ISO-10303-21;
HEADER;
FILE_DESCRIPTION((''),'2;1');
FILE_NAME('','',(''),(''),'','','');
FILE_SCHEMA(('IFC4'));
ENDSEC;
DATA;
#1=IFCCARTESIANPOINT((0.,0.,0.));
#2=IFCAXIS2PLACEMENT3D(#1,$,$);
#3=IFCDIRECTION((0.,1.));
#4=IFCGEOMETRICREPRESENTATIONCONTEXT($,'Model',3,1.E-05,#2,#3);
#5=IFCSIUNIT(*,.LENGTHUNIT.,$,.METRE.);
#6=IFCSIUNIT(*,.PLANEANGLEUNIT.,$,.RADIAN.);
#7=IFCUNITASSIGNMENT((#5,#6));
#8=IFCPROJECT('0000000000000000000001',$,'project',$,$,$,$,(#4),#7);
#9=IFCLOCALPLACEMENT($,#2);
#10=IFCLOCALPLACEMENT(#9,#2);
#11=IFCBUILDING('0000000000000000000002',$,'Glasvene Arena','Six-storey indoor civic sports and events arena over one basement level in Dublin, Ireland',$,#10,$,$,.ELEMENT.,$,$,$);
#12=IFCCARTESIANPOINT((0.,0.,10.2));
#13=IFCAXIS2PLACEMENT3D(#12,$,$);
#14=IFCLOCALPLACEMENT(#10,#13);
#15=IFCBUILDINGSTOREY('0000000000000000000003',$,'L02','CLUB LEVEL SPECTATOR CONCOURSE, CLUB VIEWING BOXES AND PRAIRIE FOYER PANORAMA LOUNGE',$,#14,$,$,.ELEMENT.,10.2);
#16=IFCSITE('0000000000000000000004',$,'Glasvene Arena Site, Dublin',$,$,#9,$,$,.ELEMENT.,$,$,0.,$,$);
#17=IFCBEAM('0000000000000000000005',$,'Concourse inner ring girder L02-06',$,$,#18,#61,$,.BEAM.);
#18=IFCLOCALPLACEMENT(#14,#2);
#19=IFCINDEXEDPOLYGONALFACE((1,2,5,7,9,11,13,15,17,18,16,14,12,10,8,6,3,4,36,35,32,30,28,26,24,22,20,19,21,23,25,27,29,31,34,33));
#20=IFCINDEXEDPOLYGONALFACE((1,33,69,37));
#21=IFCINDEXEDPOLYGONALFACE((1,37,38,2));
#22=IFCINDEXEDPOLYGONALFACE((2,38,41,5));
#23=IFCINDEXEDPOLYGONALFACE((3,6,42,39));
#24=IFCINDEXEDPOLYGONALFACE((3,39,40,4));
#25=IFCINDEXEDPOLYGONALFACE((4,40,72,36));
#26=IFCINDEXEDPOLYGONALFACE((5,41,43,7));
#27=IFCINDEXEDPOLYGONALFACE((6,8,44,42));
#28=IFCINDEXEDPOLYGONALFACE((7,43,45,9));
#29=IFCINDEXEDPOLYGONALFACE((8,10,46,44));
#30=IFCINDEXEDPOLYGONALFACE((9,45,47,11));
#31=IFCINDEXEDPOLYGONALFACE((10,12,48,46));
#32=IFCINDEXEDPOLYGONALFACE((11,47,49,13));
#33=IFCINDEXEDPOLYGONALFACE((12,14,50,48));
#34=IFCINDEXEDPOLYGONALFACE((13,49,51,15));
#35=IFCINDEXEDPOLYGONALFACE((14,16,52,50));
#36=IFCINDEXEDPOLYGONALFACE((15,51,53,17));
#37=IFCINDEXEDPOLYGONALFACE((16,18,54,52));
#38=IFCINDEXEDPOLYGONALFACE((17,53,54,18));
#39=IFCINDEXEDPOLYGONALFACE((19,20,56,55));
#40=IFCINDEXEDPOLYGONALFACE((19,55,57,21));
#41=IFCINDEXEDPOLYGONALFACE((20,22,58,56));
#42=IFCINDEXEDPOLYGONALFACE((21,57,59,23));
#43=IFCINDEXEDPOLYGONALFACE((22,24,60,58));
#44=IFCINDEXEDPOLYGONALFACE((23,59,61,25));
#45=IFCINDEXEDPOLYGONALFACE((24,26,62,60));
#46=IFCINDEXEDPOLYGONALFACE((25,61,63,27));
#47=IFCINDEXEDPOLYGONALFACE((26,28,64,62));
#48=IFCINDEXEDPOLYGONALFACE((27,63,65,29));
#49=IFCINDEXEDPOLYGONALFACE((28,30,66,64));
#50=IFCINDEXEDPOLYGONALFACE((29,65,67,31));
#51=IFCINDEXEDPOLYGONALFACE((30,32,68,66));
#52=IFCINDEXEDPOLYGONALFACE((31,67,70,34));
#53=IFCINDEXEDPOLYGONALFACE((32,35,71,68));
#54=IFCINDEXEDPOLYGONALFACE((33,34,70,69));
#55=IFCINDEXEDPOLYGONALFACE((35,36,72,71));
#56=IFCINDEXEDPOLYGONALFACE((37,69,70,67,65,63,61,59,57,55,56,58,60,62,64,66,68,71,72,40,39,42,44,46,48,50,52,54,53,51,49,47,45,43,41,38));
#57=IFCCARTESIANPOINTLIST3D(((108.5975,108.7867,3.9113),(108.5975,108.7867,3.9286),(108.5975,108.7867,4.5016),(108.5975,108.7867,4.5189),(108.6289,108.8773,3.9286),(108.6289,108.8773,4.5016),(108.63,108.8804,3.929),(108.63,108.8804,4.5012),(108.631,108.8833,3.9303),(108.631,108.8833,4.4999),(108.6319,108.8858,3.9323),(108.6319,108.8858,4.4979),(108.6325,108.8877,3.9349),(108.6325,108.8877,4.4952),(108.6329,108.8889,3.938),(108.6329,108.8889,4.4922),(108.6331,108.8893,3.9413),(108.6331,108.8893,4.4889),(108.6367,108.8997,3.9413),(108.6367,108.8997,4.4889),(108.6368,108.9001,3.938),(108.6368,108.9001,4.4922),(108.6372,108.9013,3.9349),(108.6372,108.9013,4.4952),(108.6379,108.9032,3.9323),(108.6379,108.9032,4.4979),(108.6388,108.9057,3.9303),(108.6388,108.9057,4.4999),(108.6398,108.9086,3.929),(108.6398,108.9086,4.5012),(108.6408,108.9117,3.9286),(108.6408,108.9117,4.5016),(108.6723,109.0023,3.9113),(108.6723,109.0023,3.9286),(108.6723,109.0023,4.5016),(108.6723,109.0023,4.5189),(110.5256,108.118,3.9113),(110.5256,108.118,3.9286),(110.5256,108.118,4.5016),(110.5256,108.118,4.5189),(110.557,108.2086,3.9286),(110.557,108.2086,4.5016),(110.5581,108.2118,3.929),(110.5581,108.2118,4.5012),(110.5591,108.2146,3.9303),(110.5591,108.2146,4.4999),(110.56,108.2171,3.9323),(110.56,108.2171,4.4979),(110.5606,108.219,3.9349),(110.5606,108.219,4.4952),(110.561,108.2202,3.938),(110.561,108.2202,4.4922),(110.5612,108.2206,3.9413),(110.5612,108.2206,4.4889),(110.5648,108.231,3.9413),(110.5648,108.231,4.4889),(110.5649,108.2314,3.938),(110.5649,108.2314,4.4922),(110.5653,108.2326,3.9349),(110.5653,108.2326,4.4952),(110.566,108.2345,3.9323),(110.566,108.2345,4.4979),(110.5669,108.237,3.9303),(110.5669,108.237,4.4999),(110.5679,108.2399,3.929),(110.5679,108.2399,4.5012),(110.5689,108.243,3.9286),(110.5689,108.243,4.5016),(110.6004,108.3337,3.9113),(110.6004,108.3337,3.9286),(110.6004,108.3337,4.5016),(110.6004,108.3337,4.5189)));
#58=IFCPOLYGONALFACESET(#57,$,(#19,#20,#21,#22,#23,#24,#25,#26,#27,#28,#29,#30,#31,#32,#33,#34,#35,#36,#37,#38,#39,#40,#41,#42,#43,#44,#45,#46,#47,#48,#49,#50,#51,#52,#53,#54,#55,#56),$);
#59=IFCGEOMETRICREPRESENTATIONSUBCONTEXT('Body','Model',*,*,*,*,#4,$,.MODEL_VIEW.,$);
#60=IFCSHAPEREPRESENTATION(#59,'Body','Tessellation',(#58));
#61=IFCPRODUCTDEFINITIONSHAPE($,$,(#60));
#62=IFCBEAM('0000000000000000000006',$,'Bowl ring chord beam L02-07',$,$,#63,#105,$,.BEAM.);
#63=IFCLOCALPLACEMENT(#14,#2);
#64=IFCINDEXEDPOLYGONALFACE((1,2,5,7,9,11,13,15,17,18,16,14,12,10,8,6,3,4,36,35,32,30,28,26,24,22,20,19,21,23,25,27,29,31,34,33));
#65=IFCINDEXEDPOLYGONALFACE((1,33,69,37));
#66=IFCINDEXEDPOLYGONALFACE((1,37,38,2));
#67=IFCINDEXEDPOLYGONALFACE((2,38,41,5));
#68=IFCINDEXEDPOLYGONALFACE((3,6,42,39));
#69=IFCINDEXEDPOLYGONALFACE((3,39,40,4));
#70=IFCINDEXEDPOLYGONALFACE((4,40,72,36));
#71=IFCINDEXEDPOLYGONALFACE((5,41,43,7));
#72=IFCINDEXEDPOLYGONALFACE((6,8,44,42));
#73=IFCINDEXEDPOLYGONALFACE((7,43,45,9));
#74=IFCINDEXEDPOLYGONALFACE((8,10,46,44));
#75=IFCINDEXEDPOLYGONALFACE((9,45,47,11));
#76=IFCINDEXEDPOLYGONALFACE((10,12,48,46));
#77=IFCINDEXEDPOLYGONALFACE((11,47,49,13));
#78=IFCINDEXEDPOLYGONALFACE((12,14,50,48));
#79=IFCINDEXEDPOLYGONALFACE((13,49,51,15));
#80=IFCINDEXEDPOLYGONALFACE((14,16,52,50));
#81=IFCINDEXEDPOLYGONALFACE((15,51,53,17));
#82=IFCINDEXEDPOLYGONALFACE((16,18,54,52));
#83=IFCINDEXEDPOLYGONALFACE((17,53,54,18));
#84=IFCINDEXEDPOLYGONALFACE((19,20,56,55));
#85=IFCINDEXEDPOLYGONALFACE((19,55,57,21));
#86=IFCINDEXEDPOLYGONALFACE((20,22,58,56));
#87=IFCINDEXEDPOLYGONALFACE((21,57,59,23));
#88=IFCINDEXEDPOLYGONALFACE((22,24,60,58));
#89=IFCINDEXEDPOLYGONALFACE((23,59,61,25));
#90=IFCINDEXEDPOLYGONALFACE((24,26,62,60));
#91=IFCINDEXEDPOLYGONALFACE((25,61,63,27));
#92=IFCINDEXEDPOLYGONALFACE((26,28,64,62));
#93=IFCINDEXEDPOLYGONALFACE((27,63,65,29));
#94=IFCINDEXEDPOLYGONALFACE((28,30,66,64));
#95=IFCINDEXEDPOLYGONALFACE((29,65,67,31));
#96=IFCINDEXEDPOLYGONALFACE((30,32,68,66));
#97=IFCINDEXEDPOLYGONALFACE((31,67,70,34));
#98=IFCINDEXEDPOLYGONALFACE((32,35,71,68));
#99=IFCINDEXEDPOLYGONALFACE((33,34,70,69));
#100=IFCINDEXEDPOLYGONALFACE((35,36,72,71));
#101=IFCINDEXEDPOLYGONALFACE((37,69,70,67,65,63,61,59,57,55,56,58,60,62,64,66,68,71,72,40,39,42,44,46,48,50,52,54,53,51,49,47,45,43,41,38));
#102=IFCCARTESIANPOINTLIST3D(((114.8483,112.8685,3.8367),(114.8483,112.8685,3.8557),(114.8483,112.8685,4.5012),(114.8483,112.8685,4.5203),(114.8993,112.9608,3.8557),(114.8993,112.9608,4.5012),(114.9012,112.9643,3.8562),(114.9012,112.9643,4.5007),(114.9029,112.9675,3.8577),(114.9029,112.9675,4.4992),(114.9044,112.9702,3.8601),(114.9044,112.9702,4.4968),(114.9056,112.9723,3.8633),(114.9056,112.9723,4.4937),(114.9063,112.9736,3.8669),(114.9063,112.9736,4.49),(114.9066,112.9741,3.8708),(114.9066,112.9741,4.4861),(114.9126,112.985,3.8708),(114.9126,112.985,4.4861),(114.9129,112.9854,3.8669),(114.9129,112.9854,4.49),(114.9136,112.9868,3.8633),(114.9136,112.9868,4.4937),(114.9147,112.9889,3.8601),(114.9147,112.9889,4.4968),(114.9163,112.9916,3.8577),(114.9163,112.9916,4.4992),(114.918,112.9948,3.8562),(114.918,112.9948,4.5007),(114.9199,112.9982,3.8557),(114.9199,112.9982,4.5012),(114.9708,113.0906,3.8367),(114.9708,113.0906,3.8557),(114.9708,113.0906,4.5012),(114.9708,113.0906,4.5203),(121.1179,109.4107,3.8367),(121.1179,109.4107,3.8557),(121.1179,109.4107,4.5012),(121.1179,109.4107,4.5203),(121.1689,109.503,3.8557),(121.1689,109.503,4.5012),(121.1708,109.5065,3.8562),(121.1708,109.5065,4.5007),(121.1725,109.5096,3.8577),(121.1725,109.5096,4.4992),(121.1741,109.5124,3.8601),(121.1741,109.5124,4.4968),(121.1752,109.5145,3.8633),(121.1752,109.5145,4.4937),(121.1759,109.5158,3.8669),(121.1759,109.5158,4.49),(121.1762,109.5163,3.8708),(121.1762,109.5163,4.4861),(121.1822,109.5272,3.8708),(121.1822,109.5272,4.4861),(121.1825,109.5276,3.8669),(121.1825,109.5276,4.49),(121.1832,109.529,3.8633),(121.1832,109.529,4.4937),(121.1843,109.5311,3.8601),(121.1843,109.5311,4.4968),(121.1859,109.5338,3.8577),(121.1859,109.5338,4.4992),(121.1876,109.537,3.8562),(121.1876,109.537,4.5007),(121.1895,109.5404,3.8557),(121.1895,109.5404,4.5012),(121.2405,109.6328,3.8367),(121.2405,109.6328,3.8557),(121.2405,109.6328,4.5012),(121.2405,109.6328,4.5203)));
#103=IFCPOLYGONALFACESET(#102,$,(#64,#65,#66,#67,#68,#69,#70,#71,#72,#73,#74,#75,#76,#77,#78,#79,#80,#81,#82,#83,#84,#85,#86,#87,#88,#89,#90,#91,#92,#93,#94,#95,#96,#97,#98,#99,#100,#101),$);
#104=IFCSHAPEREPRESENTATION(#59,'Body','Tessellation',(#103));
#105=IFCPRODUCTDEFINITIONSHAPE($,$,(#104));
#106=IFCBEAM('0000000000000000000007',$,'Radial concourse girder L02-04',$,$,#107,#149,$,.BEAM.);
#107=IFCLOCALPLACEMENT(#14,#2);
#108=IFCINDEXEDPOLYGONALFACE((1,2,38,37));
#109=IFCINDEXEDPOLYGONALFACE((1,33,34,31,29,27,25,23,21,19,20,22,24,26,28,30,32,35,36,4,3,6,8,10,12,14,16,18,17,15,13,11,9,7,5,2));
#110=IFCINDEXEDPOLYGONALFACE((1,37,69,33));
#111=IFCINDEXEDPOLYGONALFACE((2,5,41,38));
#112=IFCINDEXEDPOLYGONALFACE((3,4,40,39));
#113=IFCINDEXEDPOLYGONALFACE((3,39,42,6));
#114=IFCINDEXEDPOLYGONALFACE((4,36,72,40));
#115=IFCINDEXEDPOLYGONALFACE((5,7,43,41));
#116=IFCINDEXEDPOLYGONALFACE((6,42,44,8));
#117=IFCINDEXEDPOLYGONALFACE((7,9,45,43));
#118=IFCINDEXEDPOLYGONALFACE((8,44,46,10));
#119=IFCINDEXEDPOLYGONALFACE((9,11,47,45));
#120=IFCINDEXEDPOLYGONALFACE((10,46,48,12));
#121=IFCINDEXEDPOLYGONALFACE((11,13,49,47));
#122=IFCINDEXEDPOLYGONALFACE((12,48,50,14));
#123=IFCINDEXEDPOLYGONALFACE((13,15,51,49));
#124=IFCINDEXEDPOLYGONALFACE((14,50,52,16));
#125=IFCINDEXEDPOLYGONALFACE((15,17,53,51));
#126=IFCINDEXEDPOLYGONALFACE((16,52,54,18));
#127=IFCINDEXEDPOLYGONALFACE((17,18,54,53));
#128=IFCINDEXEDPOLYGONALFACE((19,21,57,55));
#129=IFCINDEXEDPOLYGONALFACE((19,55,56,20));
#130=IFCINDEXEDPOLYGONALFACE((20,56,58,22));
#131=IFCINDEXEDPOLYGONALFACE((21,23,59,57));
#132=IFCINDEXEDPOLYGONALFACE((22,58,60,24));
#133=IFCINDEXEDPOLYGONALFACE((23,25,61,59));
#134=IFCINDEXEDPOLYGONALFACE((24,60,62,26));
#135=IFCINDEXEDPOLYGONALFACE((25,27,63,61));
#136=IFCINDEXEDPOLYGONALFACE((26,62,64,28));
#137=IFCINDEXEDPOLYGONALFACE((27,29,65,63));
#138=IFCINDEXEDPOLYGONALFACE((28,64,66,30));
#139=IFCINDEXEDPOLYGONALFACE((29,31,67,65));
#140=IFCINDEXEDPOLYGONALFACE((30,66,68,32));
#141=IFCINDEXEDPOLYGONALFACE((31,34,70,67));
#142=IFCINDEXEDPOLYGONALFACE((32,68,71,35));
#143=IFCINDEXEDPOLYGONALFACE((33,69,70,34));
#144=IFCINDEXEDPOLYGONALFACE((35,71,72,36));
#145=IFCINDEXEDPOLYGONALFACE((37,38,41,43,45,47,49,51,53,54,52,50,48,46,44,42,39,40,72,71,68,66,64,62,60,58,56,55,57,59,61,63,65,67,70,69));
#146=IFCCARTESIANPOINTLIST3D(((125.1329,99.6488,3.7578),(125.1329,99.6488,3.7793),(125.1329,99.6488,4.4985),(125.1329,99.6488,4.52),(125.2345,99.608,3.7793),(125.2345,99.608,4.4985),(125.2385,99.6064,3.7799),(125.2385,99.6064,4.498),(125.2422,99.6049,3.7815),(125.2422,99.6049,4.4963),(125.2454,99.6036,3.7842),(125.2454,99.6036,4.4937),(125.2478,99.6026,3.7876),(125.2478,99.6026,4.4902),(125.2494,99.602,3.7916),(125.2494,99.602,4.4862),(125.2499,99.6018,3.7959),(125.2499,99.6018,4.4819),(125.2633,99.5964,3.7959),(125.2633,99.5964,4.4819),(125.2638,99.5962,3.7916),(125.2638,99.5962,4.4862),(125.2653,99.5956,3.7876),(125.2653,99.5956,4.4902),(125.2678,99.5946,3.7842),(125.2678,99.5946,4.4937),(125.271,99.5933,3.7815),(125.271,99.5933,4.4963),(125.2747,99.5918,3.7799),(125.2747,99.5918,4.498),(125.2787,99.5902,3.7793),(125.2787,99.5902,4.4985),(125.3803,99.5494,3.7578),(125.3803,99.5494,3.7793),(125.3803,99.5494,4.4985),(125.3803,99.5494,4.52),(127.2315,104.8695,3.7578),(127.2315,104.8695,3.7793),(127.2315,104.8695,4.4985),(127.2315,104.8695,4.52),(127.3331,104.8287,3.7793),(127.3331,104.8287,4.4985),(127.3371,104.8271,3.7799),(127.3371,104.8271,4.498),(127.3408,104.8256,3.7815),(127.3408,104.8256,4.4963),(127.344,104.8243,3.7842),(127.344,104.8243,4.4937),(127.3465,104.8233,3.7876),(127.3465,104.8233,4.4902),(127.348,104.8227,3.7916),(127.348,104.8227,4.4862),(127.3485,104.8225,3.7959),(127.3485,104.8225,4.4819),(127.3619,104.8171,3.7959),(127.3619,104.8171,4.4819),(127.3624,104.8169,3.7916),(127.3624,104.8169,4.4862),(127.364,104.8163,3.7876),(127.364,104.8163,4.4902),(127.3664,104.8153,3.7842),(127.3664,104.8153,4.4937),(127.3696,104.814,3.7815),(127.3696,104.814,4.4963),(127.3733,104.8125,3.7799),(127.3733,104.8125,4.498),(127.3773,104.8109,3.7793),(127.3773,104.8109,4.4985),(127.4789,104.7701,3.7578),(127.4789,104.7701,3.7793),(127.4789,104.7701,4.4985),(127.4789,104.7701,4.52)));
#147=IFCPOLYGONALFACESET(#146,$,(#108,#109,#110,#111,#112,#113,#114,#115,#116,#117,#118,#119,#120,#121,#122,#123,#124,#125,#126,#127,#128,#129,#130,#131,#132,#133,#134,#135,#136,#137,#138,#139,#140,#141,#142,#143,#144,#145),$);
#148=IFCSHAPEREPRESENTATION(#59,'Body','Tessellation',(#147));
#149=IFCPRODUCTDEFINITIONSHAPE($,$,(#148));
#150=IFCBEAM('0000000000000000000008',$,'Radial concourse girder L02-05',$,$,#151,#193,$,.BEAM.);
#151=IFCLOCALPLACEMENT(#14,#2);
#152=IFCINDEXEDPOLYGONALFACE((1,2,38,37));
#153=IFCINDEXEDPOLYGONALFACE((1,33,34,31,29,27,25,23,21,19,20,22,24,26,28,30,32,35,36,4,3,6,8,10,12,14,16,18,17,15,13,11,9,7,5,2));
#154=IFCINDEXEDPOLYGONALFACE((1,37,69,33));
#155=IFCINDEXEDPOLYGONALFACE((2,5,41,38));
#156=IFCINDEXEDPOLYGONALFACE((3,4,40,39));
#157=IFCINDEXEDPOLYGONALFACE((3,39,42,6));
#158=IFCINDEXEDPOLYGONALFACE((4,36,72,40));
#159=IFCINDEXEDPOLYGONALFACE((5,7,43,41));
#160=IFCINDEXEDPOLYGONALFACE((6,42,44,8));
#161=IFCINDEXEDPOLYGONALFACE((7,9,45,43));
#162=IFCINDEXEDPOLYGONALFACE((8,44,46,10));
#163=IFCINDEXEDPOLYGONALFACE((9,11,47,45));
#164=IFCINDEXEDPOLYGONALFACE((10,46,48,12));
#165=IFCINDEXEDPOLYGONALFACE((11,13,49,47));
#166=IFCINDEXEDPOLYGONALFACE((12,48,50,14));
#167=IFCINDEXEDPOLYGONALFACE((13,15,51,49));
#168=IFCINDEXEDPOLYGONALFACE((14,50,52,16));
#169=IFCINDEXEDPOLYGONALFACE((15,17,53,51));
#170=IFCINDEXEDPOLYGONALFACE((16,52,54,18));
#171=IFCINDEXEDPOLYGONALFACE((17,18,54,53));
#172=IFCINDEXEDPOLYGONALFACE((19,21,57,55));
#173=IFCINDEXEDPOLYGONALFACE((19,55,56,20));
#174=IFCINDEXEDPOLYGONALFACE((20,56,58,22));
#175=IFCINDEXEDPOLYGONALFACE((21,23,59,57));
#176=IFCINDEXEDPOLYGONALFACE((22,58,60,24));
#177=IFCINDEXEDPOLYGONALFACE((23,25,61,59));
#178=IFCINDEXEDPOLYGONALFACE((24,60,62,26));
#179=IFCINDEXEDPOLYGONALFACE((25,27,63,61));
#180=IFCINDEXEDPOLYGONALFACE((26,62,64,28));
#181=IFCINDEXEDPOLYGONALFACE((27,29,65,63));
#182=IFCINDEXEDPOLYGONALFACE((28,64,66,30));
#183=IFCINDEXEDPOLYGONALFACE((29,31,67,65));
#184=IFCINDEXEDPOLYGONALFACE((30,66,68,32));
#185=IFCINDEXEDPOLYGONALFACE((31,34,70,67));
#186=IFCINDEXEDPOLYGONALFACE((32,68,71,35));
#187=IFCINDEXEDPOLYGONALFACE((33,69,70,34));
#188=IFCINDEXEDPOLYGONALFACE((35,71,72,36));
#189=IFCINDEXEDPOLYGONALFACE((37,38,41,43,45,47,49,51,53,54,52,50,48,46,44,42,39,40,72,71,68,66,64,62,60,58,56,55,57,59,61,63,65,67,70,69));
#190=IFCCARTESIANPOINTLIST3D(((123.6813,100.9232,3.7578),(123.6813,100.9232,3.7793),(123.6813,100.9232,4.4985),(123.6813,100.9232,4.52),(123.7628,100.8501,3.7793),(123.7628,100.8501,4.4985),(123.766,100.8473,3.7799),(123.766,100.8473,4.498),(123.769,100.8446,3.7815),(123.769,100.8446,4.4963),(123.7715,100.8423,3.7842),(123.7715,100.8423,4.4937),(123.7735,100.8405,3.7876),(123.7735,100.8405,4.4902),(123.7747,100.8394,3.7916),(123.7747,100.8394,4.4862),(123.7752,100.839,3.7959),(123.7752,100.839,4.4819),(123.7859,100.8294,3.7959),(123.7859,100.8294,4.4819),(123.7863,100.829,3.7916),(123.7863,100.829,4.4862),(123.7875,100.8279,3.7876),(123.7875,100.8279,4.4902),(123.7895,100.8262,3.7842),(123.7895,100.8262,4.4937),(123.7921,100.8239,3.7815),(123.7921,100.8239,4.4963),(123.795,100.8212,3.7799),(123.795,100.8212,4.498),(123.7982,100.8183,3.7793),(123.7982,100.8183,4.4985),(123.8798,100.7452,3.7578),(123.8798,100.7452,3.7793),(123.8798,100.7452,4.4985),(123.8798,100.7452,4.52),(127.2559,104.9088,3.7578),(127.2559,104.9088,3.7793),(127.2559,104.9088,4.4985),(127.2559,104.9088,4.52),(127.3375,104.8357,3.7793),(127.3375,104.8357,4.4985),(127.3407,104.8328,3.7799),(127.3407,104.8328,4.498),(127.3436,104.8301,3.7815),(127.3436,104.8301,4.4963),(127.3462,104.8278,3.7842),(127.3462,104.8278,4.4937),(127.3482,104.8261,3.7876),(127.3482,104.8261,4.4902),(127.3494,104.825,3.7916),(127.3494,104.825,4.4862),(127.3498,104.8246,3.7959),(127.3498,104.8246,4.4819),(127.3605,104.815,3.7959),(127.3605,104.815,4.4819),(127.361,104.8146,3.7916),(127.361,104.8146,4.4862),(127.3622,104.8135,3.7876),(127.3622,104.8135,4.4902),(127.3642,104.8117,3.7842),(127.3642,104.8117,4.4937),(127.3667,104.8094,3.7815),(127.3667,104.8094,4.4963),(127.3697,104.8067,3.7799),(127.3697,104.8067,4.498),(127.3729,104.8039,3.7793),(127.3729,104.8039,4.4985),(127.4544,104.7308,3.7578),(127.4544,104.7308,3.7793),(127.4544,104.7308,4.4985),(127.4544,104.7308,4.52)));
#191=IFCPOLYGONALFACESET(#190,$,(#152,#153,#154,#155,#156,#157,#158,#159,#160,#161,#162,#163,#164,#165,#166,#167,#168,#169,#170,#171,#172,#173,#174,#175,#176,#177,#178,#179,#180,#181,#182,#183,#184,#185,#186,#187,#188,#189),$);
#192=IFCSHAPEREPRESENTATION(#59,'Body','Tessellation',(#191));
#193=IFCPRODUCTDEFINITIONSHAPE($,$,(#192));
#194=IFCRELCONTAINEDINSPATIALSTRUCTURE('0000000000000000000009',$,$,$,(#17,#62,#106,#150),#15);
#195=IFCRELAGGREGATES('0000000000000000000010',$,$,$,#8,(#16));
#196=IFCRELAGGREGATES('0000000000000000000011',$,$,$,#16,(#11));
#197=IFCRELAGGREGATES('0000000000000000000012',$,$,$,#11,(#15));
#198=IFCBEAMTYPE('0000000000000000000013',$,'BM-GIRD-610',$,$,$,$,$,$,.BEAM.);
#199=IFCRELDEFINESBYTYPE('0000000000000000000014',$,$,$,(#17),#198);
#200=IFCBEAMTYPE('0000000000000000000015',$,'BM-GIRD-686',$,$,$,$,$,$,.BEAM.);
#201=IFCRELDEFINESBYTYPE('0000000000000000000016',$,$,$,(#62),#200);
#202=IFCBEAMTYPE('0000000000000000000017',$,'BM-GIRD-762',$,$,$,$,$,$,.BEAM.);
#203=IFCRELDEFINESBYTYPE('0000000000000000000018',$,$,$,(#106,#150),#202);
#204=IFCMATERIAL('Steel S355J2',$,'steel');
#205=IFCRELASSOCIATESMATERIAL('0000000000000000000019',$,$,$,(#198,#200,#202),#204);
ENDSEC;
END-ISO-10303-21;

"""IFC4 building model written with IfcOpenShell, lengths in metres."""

from ifc_helpers import new_model, si_unit, direction, frame, origin, origin_2d, place, context, subcontext, project, spatial, i_section, extrude, material, material_profile, profile_set, type_object, element, save


model = new_model("IFC4")

# Units and contexts
model_context = context("Model", 3, precision=1e-05, world=origin(), true_north=direction((0.0, 1.0)))
body_context = subcontext(model_context, "Body", "Model", "MODEL_VIEW")
ifc_project = project(units=[si_unit("LENGTHUNIT", "METRE"), si_unit("PLANEANGLEUNIT", "RADIAN")], contexts=[model_context])

# Site, building, storey
site_placement = place(None, origin())
site = spatial("IfcSite", under=ifc_project, at=site_placement, Name="Glasvene Arena Site, Dublin", CompositionType="ELEMENT", RefElevation=0.0)
building_placement = place(site_placement, origin())
building = spatial("IfcBuilding", under=site, at=building_placement, Name="Glasvene Arena", Description="Six-storey indoor civic sports and events arena over one basement level in Dublin, Ireland", CompositionType="ELEMENT")
storey_placement = place(building_placement, frame((0.0, 0.0, 10.2)))
storey = spatial("IfcBuildingStorey", under=building, at=storey_placement, Name="L02", Description="CLUB LEVEL SPECTATOR CONCOURSE, CLUB VIEWING BOXES AND PRAIRIE FOYER PANORAMA LOUNGE", CompositionType="ELEMENT", Elevation=10.2)

# Shared definitions
ifc_material_1 = material(Name="Steel S355J2", Category="steel")

# Beams
ifc_material_profile_1 = material_profile(ifc_material_1, i_section(OverallWidth=0.2283, OverallDepth=0.6077, WebThickness=0.011, FlangeThickness=0.0173, FilletRadius=0.0127, at=origin_2d()), Name="UKB 610x229x113")
ifc_profile_set_1 = profile_set([ifc_material_profile_1], Name="Steel S355J2")
beam_type_1 = type_object("IfcBeamType", Name="BM-GIRD-610", PredefinedType="BEAM", material=ifc_profile_set_1)
beam_1_placement = place(storey_placement, frame((110.563, 108.2258, 4.2151), z_axis=(-0.944798, 0.327653, 0.0), x_axis=(-0.327653, -0.944798, 0.0)))
element("IfcBeam", 1, at=beam_1_placement, inside=storey, type_object=beam_type_1, Name="Concourse inner ring girder L02-06", PredefinedType="BEAM", context=body_context, shape_type="SweptSolid", body=[
    extrude(i_section(OverallWidth=0.2283, OverallDepth=0.6077, WebThickness=0.011, FlangeThickness=0.0173, FilletRadius=0.0127, at=origin_2d()), origin(), (0.0, 0.0, 1.0), 2.0408),
])
ifc_material_profile_2 = material_profile(ifc_material_1, i_section(OverallWidth=0.2537, OverallDepth=0.6836, WebThickness=0.0125, FlangeThickness=0.019, FilletRadius=0.0151, at=origin_2d()), Name="UKB 686x254x140")
ifc_profile_set_2 = profile_set([ifc_material_profile_2], Name="Steel S355J2")
beam_type_2 = type_object("IfcBeamType", Name="BM-GIRD-686", PredefinedType="BEAM", material=ifc_profile_set_2)
beam_2_placement = place(storey_placement, frame((121.1792, 109.5217, 4.1785), z_axis=(-0.875654, 0.482939, 0.0), x_axis=(-0.482939, -0.875654, 0.0)))
element("IfcBeam", 2, at=beam_2_placement, inside=storey, type_object=beam_type_2, Name="Bowl ring chord beam L02-07", PredefinedType="BEAM", context=body_context, shape_type="SweptSolid", body=[
    extrude(i_section(OverallWidth=0.2537, OverallDepth=0.6836, WebThickness=0.0125, FlangeThickness=0.019, FilletRadius=0.0151, at=origin_2d()), origin(), (0.0, 0.0, 1.0), 7.1599),
])
ifc_material_profile_3 = material_profile(ifc_material_1, i_section(OverallWidth=0.2666, OverallDepth=0.7622, WebThickness=0.0144, FlangeThickness=0.0215, FilletRadius=0.0166, at=origin_2d()), Name="UKB 762x267x173")
ifc_profile_set_3 = profile_set([ifc_material_profile_3], Name="Steel S355J2")
beam_type_3 = type_object("IfcBeamType", Name="BM-GIRD-762", PredefinedType="BEAM", material=ifc_profile_set_3)
beam_3_placement = place(storey_placement, frame((125.2566, 99.5991, 4.1389), z_axis=(0.372976, 0.927841, 0.0), x_axis=(-0.927841, 0.372976, 0.0)))
element("IfcBeam", 3, at=beam_3_placement, inside=storey, type_object=beam_type_3, Name="Radial concourse girder L02-04", PredefinedType="BEAM", context=body_context, shape_type="SweptSolid", body=[
    extrude(i_section(OverallWidth=0.2666, OverallDepth=0.7622, WebThickness=0.0144, FlangeThickness=0.0215, FilletRadius=0.0166, at=origin_2d()), origin(), (0.0, 0.0, 1.0), 5.6267),
])
beam_4_placement = place(storey_placement, frame((123.7805, 100.8342, 4.1389), z_axis=(0.667691, 0.744438, 0.0), x_axis=(-0.744438, 0.667691, 0.0)))
element("IfcBeam", 4, at=beam_4_placement, inside=storey, type_object=beam_type_3, Name="Radial concourse girder L02-05", PredefinedType="BEAM", context=body_context, shape_type="SweptSolid", body=[
    extrude(i_section(OverallWidth=0.2666, OverallDepth=0.7622, WebThickness=0.0144, FlangeThickness=0.0215, FilletRadius=0.0166, at=origin_2d()), origin(), (0.0, 0.0, 1.0), 5.3538),
])

save(model, "model.ifc")
